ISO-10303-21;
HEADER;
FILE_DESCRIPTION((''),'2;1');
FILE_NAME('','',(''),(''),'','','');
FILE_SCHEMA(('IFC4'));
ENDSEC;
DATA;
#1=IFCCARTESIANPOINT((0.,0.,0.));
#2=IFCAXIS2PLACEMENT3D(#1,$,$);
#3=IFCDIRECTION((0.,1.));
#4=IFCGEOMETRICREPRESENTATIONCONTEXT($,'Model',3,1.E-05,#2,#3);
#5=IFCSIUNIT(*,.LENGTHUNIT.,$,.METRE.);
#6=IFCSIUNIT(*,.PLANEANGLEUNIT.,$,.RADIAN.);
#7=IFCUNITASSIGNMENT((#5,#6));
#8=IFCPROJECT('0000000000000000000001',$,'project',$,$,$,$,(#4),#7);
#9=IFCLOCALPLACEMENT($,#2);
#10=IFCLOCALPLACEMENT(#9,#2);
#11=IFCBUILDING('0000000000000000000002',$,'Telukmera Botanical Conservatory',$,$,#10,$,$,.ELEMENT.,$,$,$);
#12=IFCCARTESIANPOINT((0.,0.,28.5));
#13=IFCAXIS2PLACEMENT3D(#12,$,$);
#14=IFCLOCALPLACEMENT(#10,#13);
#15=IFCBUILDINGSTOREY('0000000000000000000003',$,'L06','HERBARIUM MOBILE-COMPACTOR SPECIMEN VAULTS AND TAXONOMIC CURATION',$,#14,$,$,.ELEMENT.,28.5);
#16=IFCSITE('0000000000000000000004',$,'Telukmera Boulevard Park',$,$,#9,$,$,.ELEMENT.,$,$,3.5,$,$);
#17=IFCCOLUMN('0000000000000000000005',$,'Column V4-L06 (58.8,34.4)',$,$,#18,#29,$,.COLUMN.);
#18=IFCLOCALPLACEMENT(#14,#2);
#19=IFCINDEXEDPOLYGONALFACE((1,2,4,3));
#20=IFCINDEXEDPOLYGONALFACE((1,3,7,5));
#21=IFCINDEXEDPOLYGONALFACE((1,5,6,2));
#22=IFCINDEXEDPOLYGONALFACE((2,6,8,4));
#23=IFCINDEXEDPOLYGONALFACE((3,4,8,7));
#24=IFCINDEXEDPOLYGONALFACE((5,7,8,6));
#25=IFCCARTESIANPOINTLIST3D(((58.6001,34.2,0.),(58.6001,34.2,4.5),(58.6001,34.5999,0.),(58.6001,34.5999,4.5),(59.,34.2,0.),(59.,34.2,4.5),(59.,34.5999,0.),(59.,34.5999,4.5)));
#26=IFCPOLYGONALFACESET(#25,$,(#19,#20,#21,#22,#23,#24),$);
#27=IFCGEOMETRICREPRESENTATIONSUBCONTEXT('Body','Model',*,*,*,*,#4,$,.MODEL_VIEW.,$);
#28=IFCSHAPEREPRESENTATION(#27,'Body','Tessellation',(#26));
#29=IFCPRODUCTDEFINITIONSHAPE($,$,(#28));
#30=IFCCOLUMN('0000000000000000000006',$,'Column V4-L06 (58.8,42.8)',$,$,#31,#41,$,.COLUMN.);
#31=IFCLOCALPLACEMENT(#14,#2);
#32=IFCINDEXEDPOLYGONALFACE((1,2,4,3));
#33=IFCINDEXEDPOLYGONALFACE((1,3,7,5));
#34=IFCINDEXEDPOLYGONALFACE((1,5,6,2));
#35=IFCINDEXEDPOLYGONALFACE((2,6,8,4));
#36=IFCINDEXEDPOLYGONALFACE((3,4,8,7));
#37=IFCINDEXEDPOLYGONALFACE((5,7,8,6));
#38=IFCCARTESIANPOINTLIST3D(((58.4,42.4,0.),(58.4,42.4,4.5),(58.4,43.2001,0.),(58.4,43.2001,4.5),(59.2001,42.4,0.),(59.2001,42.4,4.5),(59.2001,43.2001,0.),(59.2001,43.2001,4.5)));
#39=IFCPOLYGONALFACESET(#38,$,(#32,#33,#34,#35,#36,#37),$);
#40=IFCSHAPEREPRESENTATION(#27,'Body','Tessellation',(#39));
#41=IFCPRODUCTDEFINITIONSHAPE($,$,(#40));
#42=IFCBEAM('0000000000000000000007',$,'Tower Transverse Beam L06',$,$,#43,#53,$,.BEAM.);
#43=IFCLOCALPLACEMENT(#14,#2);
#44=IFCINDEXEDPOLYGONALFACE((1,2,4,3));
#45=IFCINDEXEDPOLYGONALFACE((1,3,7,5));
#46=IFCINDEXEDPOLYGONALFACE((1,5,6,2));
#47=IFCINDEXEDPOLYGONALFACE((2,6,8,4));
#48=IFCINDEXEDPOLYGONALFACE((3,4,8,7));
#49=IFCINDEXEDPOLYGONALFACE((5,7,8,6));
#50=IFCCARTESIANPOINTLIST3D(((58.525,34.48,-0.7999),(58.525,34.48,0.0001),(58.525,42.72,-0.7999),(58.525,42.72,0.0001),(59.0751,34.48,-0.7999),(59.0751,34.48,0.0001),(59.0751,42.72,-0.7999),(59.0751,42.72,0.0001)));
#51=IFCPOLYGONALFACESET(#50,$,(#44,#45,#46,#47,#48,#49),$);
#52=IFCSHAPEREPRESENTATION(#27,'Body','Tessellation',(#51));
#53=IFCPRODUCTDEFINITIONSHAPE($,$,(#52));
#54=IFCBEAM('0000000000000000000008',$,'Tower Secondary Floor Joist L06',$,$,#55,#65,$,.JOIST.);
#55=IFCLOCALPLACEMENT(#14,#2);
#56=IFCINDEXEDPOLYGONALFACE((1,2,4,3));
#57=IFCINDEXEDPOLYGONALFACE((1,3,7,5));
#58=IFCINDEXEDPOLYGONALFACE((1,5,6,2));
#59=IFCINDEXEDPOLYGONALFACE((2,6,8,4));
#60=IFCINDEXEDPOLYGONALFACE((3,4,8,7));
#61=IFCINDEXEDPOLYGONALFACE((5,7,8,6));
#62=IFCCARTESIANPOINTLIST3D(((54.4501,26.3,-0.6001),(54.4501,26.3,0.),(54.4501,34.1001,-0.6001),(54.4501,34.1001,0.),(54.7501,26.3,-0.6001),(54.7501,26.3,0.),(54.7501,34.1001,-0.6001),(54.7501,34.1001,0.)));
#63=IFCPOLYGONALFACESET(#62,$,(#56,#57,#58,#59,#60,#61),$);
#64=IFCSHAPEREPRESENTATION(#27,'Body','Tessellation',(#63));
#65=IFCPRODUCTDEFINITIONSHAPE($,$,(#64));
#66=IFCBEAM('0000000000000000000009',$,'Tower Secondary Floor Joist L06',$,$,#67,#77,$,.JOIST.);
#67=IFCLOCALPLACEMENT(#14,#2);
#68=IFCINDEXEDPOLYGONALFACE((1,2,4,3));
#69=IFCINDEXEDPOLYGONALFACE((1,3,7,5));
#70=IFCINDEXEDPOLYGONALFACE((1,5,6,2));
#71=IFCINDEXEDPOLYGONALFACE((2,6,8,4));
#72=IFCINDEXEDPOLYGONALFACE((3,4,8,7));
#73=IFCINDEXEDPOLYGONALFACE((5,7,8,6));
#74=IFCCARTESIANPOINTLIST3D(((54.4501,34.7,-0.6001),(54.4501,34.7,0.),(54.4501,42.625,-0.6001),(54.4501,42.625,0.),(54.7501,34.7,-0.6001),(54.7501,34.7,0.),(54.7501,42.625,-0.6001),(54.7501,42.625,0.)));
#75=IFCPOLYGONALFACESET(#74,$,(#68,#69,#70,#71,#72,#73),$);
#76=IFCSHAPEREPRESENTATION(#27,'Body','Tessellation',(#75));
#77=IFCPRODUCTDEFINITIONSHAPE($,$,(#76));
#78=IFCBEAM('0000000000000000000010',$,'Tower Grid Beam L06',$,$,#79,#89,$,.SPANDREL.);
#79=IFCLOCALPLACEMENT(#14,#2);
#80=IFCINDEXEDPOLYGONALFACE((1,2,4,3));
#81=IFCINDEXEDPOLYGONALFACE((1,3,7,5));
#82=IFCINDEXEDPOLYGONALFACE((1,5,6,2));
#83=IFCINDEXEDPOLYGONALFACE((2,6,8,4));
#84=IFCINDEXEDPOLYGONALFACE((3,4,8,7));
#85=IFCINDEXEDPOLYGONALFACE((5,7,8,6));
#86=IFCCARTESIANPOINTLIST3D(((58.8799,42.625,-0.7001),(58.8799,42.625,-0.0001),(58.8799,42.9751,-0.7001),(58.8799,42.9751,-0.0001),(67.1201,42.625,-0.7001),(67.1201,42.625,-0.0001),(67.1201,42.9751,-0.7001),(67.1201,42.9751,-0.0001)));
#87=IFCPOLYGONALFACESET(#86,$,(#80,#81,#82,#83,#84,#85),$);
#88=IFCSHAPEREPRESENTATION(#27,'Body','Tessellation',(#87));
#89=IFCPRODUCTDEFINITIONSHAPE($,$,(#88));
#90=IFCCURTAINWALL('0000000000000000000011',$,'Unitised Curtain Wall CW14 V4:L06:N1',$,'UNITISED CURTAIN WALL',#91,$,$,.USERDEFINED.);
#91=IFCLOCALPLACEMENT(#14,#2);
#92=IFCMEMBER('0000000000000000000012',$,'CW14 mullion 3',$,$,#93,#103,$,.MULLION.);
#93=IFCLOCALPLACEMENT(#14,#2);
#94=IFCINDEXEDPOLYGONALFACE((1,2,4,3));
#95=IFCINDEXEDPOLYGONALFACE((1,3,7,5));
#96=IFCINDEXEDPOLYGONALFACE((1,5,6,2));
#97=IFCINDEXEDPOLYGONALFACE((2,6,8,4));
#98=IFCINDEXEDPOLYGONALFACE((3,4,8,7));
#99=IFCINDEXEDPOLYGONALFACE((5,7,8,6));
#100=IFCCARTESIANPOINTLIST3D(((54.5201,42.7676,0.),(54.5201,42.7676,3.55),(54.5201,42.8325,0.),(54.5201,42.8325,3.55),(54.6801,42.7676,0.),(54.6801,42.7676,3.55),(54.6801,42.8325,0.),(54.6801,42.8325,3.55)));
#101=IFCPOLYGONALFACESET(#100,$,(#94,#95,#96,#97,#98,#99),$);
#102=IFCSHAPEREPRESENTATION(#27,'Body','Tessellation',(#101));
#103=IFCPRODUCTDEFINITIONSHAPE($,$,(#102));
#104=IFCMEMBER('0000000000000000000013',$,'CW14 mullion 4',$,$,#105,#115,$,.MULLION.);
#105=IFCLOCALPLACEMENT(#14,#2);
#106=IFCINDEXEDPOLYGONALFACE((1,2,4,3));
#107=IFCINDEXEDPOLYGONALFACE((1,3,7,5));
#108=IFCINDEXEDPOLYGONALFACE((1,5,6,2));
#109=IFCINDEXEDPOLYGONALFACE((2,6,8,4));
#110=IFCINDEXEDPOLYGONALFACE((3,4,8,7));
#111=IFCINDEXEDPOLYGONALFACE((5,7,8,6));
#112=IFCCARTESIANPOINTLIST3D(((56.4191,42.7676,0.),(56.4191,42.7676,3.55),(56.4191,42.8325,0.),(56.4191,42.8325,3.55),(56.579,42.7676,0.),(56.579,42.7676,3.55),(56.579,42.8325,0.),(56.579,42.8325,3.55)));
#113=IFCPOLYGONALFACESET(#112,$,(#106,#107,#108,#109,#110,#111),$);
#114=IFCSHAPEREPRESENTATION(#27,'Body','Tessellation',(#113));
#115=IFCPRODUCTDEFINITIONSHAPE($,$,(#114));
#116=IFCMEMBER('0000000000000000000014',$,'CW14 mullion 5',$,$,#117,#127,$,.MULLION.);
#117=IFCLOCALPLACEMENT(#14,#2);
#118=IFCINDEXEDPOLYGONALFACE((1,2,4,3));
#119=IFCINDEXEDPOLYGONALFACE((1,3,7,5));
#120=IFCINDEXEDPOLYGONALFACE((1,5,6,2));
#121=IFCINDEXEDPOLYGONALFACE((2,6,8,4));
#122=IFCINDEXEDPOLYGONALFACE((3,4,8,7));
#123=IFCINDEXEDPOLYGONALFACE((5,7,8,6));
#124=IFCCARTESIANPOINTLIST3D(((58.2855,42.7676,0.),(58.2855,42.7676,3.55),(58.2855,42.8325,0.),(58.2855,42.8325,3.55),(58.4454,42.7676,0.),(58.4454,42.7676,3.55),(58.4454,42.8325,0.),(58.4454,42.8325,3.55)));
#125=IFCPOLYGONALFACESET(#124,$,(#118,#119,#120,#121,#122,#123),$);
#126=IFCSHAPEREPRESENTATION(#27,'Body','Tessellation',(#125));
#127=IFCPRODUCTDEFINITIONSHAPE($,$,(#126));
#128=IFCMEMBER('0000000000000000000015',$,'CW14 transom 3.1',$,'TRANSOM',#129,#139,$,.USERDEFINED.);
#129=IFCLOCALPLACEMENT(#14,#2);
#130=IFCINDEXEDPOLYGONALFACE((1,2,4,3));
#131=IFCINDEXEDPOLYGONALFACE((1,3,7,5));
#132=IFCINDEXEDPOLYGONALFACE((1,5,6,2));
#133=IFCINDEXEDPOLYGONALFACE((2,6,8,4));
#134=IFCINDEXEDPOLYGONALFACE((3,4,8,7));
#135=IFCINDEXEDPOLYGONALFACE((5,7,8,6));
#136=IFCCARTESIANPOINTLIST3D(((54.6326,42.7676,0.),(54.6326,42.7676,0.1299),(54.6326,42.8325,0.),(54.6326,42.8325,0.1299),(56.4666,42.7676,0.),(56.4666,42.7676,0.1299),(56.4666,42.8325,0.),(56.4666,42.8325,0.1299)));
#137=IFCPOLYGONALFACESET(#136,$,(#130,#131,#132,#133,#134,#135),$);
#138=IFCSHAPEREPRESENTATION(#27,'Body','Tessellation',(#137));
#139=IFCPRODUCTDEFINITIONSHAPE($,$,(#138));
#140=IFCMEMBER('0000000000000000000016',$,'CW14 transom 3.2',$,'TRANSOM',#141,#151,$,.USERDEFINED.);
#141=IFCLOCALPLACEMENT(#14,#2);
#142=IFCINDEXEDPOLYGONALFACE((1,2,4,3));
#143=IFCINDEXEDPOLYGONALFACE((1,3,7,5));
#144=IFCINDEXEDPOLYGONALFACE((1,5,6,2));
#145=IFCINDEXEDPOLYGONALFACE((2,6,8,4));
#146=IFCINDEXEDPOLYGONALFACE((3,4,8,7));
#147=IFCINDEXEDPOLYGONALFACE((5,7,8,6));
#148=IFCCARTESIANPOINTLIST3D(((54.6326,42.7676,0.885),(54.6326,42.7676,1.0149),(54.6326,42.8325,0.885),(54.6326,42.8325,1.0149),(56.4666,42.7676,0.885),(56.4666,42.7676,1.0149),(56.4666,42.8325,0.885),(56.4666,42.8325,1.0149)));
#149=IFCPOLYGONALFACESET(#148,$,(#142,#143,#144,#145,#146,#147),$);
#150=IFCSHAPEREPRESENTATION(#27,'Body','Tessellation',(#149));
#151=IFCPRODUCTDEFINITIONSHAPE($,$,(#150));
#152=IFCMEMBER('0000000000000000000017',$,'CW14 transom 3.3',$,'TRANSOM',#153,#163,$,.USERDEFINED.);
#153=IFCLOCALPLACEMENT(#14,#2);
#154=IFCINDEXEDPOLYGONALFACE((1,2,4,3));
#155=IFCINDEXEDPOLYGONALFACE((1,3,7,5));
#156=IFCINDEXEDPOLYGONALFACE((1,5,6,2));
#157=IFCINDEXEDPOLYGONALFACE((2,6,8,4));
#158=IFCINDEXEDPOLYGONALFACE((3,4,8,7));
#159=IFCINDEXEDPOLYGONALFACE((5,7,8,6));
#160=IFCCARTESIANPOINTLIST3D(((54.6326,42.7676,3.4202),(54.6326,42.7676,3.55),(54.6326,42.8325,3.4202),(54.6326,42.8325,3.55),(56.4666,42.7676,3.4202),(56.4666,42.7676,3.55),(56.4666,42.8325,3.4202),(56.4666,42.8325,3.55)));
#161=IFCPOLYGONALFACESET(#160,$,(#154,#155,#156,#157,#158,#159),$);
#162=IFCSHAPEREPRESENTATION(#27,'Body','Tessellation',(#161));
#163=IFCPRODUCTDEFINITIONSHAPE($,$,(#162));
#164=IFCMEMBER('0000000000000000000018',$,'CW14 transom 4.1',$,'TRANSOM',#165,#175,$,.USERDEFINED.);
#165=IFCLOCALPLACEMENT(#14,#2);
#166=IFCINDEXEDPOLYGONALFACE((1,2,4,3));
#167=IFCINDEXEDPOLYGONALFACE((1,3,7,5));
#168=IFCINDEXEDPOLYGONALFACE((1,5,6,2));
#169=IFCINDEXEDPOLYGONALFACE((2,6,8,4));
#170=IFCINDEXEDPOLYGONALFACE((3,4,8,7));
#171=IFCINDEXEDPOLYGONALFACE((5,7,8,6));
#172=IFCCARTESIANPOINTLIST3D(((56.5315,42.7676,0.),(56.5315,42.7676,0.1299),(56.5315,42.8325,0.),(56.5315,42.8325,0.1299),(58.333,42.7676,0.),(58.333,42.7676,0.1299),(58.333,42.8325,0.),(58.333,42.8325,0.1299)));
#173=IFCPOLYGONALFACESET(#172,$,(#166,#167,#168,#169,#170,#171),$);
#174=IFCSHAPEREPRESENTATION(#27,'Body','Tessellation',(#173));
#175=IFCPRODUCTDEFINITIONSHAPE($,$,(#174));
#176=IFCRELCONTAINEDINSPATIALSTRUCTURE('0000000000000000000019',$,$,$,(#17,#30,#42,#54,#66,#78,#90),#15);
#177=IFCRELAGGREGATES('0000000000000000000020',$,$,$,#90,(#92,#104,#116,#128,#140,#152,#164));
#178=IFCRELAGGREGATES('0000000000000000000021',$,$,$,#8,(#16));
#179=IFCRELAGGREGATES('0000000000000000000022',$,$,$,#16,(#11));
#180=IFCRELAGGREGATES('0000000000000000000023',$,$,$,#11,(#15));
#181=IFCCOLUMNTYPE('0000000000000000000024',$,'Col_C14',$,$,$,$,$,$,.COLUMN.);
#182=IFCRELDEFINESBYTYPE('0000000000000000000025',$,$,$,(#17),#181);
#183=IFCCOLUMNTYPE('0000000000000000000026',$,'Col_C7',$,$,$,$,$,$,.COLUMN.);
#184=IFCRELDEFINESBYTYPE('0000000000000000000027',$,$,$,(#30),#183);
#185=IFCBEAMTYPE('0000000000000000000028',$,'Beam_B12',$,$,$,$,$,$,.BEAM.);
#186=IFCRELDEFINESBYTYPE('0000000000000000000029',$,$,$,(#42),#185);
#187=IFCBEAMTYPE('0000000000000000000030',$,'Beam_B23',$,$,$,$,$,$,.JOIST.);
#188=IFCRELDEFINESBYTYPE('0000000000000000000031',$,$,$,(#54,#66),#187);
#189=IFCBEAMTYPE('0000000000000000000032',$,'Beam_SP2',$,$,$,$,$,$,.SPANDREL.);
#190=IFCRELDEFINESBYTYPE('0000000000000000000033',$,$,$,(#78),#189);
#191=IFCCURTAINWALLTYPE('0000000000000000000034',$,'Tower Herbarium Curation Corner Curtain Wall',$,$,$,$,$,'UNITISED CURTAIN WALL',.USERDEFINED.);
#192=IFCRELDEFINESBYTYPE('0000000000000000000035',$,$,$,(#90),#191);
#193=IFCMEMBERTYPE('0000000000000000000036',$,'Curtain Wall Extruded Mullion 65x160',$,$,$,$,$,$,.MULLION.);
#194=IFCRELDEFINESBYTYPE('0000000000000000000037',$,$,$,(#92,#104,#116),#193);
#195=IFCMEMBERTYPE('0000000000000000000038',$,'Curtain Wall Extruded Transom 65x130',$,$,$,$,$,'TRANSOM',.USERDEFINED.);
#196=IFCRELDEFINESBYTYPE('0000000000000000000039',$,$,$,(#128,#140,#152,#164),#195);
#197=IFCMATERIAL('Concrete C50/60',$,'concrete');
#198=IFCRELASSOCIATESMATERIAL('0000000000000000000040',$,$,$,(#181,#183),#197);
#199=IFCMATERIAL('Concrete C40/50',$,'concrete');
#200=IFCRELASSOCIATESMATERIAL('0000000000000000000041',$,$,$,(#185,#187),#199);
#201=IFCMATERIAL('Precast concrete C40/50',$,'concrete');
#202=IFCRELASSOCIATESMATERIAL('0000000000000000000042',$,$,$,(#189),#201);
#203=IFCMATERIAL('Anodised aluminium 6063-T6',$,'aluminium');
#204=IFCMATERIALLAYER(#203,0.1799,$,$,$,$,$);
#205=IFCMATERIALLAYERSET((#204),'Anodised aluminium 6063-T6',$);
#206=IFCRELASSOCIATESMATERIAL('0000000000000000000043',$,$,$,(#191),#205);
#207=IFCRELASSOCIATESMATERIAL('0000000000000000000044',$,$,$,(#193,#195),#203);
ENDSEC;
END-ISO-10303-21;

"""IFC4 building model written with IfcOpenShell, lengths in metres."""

from ifc_helpers import new_model, si_unit, direction, frame, origin, origin_2d, place, context, subcontext, project, spatial, rectangle, extrude, material, layer, layer_set, material_profile, profile_set, type_object, element, aggregate, save


model = new_model("IFC4")

# Units and contexts
model_context = context("Model", 3, precision=1e-05, world=origin(), true_north=direction((0.0, 1.0)))
body_context = subcontext(model_context, "Body", "Model", "MODEL_VIEW")
ifc_project = project(units=[si_unit("LENGTHUNIT", "METRE"), si_unit("PLANEANGLEUNIT", "RADIAN")], contexts=[model_context])

# Site, building, storey
site_placement = place(None, origin())
site = spatial("IfcSite", under=ifc_project, at=site_placement, Name="Telukmera Boulevard Park", CompositionType="ELEMENT", RefElevation=3.5)
building_placement = place(site_placement, origin())
building = spatial("IfcBuilding", under=site, at=building_placement, Name="Telukmera Botanical Conservatory", CompositionType="ELEMENT")
storey_placement = place(building_placement, frame((0.0, 0.0, 28.5)))
storey = spatial("IfcBuildingStorey", under=building, at=storey_placement, Name="L06", Description="HERBARIUM MOBILE-COMPACTOR SPECIMEN VAULTS AND TAXONOMIC CURATION", CompositionType="ELEMENT", Elevation=28.5)

# Columns
ifc_material_1 = material(Name="Concrete C50/60", Category="concrete")
ifc_material_profile_1 = material_profile(ifc_material_1, rectangle(XDim=0.3999, YDim=0.3999, at=origin_2d()), Name="RC 400x400")
ifc_profile_set_1 = profile_set([ifc_material_profile_1], Name="Concrete C50/60")
column_type_1 = type_object("IfcColumnType", Name="Col_C14", PredefinedType="COLUMN", material=ifc_profile_set_1)
column_1_placement = place(storey_placement, frame((58.8, 34.3999, 0.0), z_axis=(0.0, 0.0, 1.0), x_axis=(1.0, 0.0, 0.0)))
element("IfcColumn", 1, at=column_1_placement, inside=storey, type_object=column_type_1, Name="Column V4-L06 (58.8,34.4)", PredefinedType="COLUMN", context=body_context, shape_type="SweptSolid", body=[
    extrude(rectangle(XDim=0.3999, YDim=0.3999, at=origin_2d()), origin(), (0.0, 0.0, 1.0), 4.5),
])
ifc_material_profile_2 = material_profile(ifc_material_1, rectangle(XDim=0.8, YDim=0.8, at=origin_2d()), Name="RC 800x800")
ifc_profile_set_2 = profile_set([ifc_material_profile_2], Name="Concrete C50/60")
column_type_2 = type_object("IfcColumnType", Name="Col_C7", PredefinedType="COLUMN", material=ifc_profile_set_2)
column_2_placement = place(storey_placement, frame((58.8, 42.8, 0.0), z_axis=(0.0, 0.0, 1.0), x_axis=(1.0, 0.0, 0.0)))
element("IfcColumn", 2, at=column_2_placement, inside=storey, type_object=column_type_2, Name="Column V4-L06 (58.8,42.8)", PredefinedType="COLUMN", context=body_context, shape_type="SweptSolid", body=[
    extrude(rectangle(XDim=0.8, YDim=0.8, at=origin_2d()), origin(), (0.0, 0.0, 1.0), 4.5),
])

# Beams
ifc_material_2 = material(Name="Concrete C40/50", Category="concrete")
ifc_material_profile_3 = material_profile(ifc_material_2, rectangle(XDim=0.55, YDim=0.8, at=origin_2d()), Name="RC 550x800")
ifc_profile_set_3 = profile_set([ifc_material_profile_3], Name="Concrete C40/50")
beam_type_1 = type_object("IfcBeamType", Name="Beam_B12", PredefinedType="BEAM", material=ifc_profile_set_3)
beam_1_placement = place(storey_placement, frame((58.8, 34.48, -0.3999), z_axis=(0.0, 1.0, 0.0), x_axis=(-1.0, 0.0, 0.0)))
element("IfcBeam", 3, at=beam_1_placement, inside=storey, type_object=beam_type_1, Name="Tower Transverse Beam L06", PredefinedType="BEAM", context=body_context, shape_type="SweptSolid", body=[
    extrude(rectangle(XDim=0.55, YDim=0.8, at=origin_2d()), origin(), (0.0, 0.0, 1.0), 8.24),
])
ifc_material_profile_4 = material_profile(ifc_material_2, rectangle(XDim=0.3, YDim=0.6001, at=origin_2d()), Name="RC 300x600")
ifc_profile_set_4 = profile_set([ifc_material_profile_4], Name="Concrete C40/50")
beam_type_2 = type_object("IfcBeamType", Name="Beam_B23", PredefinedType="JOIST", material=ifc_profile_set_4)
beam_2_placement = place(storey_placement, frame((54.6001, 26.3, -0.3), z_axis=(0.0, 1.0, 0.0), x_axis=(-1.0, 0.0, 0.0)))
element("IfcBeam", 4, at=beam_2_placement, inside=storey, type_object=beam_type_2, Name="Tower Secondary Floor Joist L06", PredefinedType="JOIST", context=body_context, shape_type="SweptSolid", body=[
    extrude(rectangle(XDim=0.3, YDim=0.6001, at=origin_2d()), origin(), (0.0, 0.0, 1.0), 7.8),
])
beam_3_placement = place(storey_placement, frame((54.6001, 34.7, -0.3), z_axis=(0.0, 1.0, 0.0), x_axis=(-1.0, 0.0, 0.0)))
element("IfcBeam", 5, at=beam_3_placement, inside=storey, type_object=beam_type_2, Name="Tower Secondary Floor Joist L06", PredefinedType="JOIST", context=body_context, shape_type="SweptSolid", body=[
    extrude(rectangle(XDim=0.3, YDim=0.6001, at=origin_2d()), origin(), (0.0, 0.0, 1.0), 7.925),
])
ifc_material_3 = material(Name="Precast concrete C40/50", Category="concrete")
ifc_material_profile_5 = material_profile(ifc_material_3, rectangle(XDim=0.3501, YDim=0.7, at=origin_2d()), Name="PC 350x700")
ifc_profile_set_5 = profile_set([ifc_material_profile_5], Name="Precast concrete C40/50")
beam_type_3 = type_object("IfcBeamType", Name="Beam_SP2", PredefinedType="SPANDREL", material=ifc_profile_set_5)
beam_4_placement = place(storey_placement, frame((58.8799, 42.8, -0.3501), z_axis=(1.0, 0.0, 0.0), x_axis=(0.0, 1.0, 0.0)))
element("IfcBeam", 6, at=beam_4_placement, inside=storey, type_object=beam_type_3, Name="Tower Grid Beam L06", PredefinedType="SPANDREL", context=body_context, shape_type="SweptSolid", body=[
    extrude(rectangle(XDim=0.3501, YDim=0.7, at=origin_2d()), origin(), (0.0, 0.0, 1.0), 8.2402),
])

# Curtain wall, members
ifc_material_4 = material(Name="Anodised aluminium 6063-T6", Category="aluminium")
ifc_layer_1 = layer(ifc_material_4, 0.1799)
ifc_layer_set_1 = layer_set([ifc_layer_1], Name="Anodised aluminium 6063-T6")
curtain_wall_type = type_object("IfcCurtainWallType", Name="Tower Herbarium Curation Corner Curtain Wall", ElementType="UNITISED CURTAIN WALL", PredefinedType="USERDEFINED", material=ifc_layer_set_1)
curtain_wall_placement = place(storey_placement, origin())
curtain_wall = element("IfcCurtainWall", 7, at=curtain_wall_placement, inside=storey, type_object=curtain_wall_type, Name="Unitised Curtain Wall CW14 V4:L06:N1", ObjectType="UNITISED CURTAIN WALL", PredefinedType="USERDEFINED")
ifc_material_profile_6 = material_profile(ifc_material_4, rectangle(XDim=0.0649, YDim=0.1599, at=origin_2d()), Name="ALU MULL 65x160")
ifc_profile_set_6 = profile_set([ifc_material_profile_6], Name="Anodised aluminium 6063-T6")
member_type_1 = type_object("IfcMemberType", Name="Curtain Wall Extruded Mullion 65x160", PredefinedType="MULLION", material=ifc_profile_set_6)
member_1_placement = place(storey_placement, frame((54.6001, 42.8, 0.0), z_axis=(0.0, 0.0, 1.0), x_axis=(0.0, 1.0, 0.0)))
member_1 = element("IfcMember", 8, at=member_1_placement, type_object=member_type_1, Name="CW14 mullion 3", PredefinedType="MULLION", context=body_context, shape_type="SweptSolid", body=[
    extrude(rectangle(XDim=0.0649, YDim=0.1599, at=origin_2d()), origin(), (0.0, 0.0, 1.0), 3.55),
])
member_2_placement = place(storey_placement, frame((56.499, 42.8, 0.0), z_axis=(0.0, 0.0, 1.0), x_axis=(0.0, 1.0, 0.0)))
member_2 = element("IfcMember", 9, at=member_2_placement, type_object=member_type_1, Name="CW14 mullion 4", PredefinedType="MULLION", context=body_context, shape_type="SweptSolid", body=[
    extrude(rectangle(XDim=0.0649, YDim=0.1599, at=origin_2d()), origin(), (0.0, 0.0, 1.0), 3.55),
])
member_3_placement = place(storey_placement, frame((58.3655, 42.8, 0.0), z_axis=(0.0, 0.0, 1.0), x_axis=(0.0, 1.0, 0.0)))
member_3 = element("IfcMember", 10, at=member_3_placement, type_object=member_type_1, Name="CW14 mullion 5", PredefinedType="MULLION", context=body_context, shape_type="SweptSolid", body=[
    extrude(rectangle(XDim=0.0649, YDim=0.1599, at=origin_2d()), origin(), (0.0, 0.0, 1.0), 3.55),
])
ifc_material_profile_7 = material_profile(ifc_material_4, rectangle(XDim=0.0649, YDim=0.1299, at=origin_2d()), Name="ALU TRAN 65x130")
ifc_profile_set_7 = profile_set([ifc_material_profile_7], Name="Anodised aluminium 6063-T6")
member_type_2 = type_object("IfcMemberType", Name="Curtain Wall Extruded Transom 65x130", ElementType="TRANSOM", PredefinedType="USERDEFINED", material=ifc_profile_set_7)
member_4_placement = place(storey_placement, frame((54.6326, 42.8, 0.0649), z_axis=(1.0, 0.0, 0.0), x_axis=(0.0, 1.0, 0.0)))
member_4 = element("IfcMember", 11, at=member_4_placement, type_object=member_type_2, Name="CW14 transom 3.1", ObjectType="TRANSOM", PredefinedType="USERDEFINED", context=body_context, shape_type="SweptSolid", body=[
    extrude(rectangle(XDim=0.0649, YDim=0.1299, at=origin_2d()), origin(), (0.0, 0.0, 1.0), 1.834),
])
member_5_placement = place(storey_placement, frame((54.6326, 42.8, 0.95), z_axis=(1.0, 0.0, 0.0), x_axis=(0.0, 1.0, 0.0)))
member_5 = element("IfcMember", 12, at=member_5_placement, type_object=member_type_2, Name="CW14 transom 3.2", ObjectType="TRANSOM", PredefinedType="USERDEFINED", context=body_context, shape_type="SweptSolid", body=[
    extrude(rectangle(XDim=0.0649, YDim=0.1299, at=origin_2d()), origin(), (0.0, 0.0, 1.0), 1.834),
])
member_6_placement = place(storey_placement, frame((54.6326, 42.8, 3.4851), z_axis=(1.0, 0.0, 0.0), x_axis=(0.0, 1.0, 0.0)))
member_6 = element("IfcMember", 13, at=member_6_placement, type_object=member_type_2, Name="CW14 transom 3.3", ObjectType="TRANSOM", PredefinedType="USERDEFINED", context=body_context, shape_type="SweptSolid", body=[
    extrude(rectangle(XDim=0.0649, YDim=0.1299, at=origin_2d()), origin(), (0.0, 0.0, 1.0), 1.834),
])
member_7_placement = place(storey_placement, frame((56.5315, 42.8, 0.0649), z_axis=(1.0, 0.0, 0.0), x_axis=(0.0, 1.0, 0.0)))
member_7 = element("IfcMember", 14, at=member_7_placement, type_object=member_type_2, Name="CW14 transom 4.1", ObjectType="TRANSOM", PredefinedType="USERDEFINED", context=body_context, shape_type="SweptSolid", body=[
    extrude(rectangle(XDim=0.0649, YDim=0.1299, at=origin_2d()), origin(), (0.0, 0.0, 1.0), 1.8015),
])
aggregate(curtain_wall, [member_1, member_2, member_3, member_4, member_5, member_6, member_7])

save(model, "model.ifc")
